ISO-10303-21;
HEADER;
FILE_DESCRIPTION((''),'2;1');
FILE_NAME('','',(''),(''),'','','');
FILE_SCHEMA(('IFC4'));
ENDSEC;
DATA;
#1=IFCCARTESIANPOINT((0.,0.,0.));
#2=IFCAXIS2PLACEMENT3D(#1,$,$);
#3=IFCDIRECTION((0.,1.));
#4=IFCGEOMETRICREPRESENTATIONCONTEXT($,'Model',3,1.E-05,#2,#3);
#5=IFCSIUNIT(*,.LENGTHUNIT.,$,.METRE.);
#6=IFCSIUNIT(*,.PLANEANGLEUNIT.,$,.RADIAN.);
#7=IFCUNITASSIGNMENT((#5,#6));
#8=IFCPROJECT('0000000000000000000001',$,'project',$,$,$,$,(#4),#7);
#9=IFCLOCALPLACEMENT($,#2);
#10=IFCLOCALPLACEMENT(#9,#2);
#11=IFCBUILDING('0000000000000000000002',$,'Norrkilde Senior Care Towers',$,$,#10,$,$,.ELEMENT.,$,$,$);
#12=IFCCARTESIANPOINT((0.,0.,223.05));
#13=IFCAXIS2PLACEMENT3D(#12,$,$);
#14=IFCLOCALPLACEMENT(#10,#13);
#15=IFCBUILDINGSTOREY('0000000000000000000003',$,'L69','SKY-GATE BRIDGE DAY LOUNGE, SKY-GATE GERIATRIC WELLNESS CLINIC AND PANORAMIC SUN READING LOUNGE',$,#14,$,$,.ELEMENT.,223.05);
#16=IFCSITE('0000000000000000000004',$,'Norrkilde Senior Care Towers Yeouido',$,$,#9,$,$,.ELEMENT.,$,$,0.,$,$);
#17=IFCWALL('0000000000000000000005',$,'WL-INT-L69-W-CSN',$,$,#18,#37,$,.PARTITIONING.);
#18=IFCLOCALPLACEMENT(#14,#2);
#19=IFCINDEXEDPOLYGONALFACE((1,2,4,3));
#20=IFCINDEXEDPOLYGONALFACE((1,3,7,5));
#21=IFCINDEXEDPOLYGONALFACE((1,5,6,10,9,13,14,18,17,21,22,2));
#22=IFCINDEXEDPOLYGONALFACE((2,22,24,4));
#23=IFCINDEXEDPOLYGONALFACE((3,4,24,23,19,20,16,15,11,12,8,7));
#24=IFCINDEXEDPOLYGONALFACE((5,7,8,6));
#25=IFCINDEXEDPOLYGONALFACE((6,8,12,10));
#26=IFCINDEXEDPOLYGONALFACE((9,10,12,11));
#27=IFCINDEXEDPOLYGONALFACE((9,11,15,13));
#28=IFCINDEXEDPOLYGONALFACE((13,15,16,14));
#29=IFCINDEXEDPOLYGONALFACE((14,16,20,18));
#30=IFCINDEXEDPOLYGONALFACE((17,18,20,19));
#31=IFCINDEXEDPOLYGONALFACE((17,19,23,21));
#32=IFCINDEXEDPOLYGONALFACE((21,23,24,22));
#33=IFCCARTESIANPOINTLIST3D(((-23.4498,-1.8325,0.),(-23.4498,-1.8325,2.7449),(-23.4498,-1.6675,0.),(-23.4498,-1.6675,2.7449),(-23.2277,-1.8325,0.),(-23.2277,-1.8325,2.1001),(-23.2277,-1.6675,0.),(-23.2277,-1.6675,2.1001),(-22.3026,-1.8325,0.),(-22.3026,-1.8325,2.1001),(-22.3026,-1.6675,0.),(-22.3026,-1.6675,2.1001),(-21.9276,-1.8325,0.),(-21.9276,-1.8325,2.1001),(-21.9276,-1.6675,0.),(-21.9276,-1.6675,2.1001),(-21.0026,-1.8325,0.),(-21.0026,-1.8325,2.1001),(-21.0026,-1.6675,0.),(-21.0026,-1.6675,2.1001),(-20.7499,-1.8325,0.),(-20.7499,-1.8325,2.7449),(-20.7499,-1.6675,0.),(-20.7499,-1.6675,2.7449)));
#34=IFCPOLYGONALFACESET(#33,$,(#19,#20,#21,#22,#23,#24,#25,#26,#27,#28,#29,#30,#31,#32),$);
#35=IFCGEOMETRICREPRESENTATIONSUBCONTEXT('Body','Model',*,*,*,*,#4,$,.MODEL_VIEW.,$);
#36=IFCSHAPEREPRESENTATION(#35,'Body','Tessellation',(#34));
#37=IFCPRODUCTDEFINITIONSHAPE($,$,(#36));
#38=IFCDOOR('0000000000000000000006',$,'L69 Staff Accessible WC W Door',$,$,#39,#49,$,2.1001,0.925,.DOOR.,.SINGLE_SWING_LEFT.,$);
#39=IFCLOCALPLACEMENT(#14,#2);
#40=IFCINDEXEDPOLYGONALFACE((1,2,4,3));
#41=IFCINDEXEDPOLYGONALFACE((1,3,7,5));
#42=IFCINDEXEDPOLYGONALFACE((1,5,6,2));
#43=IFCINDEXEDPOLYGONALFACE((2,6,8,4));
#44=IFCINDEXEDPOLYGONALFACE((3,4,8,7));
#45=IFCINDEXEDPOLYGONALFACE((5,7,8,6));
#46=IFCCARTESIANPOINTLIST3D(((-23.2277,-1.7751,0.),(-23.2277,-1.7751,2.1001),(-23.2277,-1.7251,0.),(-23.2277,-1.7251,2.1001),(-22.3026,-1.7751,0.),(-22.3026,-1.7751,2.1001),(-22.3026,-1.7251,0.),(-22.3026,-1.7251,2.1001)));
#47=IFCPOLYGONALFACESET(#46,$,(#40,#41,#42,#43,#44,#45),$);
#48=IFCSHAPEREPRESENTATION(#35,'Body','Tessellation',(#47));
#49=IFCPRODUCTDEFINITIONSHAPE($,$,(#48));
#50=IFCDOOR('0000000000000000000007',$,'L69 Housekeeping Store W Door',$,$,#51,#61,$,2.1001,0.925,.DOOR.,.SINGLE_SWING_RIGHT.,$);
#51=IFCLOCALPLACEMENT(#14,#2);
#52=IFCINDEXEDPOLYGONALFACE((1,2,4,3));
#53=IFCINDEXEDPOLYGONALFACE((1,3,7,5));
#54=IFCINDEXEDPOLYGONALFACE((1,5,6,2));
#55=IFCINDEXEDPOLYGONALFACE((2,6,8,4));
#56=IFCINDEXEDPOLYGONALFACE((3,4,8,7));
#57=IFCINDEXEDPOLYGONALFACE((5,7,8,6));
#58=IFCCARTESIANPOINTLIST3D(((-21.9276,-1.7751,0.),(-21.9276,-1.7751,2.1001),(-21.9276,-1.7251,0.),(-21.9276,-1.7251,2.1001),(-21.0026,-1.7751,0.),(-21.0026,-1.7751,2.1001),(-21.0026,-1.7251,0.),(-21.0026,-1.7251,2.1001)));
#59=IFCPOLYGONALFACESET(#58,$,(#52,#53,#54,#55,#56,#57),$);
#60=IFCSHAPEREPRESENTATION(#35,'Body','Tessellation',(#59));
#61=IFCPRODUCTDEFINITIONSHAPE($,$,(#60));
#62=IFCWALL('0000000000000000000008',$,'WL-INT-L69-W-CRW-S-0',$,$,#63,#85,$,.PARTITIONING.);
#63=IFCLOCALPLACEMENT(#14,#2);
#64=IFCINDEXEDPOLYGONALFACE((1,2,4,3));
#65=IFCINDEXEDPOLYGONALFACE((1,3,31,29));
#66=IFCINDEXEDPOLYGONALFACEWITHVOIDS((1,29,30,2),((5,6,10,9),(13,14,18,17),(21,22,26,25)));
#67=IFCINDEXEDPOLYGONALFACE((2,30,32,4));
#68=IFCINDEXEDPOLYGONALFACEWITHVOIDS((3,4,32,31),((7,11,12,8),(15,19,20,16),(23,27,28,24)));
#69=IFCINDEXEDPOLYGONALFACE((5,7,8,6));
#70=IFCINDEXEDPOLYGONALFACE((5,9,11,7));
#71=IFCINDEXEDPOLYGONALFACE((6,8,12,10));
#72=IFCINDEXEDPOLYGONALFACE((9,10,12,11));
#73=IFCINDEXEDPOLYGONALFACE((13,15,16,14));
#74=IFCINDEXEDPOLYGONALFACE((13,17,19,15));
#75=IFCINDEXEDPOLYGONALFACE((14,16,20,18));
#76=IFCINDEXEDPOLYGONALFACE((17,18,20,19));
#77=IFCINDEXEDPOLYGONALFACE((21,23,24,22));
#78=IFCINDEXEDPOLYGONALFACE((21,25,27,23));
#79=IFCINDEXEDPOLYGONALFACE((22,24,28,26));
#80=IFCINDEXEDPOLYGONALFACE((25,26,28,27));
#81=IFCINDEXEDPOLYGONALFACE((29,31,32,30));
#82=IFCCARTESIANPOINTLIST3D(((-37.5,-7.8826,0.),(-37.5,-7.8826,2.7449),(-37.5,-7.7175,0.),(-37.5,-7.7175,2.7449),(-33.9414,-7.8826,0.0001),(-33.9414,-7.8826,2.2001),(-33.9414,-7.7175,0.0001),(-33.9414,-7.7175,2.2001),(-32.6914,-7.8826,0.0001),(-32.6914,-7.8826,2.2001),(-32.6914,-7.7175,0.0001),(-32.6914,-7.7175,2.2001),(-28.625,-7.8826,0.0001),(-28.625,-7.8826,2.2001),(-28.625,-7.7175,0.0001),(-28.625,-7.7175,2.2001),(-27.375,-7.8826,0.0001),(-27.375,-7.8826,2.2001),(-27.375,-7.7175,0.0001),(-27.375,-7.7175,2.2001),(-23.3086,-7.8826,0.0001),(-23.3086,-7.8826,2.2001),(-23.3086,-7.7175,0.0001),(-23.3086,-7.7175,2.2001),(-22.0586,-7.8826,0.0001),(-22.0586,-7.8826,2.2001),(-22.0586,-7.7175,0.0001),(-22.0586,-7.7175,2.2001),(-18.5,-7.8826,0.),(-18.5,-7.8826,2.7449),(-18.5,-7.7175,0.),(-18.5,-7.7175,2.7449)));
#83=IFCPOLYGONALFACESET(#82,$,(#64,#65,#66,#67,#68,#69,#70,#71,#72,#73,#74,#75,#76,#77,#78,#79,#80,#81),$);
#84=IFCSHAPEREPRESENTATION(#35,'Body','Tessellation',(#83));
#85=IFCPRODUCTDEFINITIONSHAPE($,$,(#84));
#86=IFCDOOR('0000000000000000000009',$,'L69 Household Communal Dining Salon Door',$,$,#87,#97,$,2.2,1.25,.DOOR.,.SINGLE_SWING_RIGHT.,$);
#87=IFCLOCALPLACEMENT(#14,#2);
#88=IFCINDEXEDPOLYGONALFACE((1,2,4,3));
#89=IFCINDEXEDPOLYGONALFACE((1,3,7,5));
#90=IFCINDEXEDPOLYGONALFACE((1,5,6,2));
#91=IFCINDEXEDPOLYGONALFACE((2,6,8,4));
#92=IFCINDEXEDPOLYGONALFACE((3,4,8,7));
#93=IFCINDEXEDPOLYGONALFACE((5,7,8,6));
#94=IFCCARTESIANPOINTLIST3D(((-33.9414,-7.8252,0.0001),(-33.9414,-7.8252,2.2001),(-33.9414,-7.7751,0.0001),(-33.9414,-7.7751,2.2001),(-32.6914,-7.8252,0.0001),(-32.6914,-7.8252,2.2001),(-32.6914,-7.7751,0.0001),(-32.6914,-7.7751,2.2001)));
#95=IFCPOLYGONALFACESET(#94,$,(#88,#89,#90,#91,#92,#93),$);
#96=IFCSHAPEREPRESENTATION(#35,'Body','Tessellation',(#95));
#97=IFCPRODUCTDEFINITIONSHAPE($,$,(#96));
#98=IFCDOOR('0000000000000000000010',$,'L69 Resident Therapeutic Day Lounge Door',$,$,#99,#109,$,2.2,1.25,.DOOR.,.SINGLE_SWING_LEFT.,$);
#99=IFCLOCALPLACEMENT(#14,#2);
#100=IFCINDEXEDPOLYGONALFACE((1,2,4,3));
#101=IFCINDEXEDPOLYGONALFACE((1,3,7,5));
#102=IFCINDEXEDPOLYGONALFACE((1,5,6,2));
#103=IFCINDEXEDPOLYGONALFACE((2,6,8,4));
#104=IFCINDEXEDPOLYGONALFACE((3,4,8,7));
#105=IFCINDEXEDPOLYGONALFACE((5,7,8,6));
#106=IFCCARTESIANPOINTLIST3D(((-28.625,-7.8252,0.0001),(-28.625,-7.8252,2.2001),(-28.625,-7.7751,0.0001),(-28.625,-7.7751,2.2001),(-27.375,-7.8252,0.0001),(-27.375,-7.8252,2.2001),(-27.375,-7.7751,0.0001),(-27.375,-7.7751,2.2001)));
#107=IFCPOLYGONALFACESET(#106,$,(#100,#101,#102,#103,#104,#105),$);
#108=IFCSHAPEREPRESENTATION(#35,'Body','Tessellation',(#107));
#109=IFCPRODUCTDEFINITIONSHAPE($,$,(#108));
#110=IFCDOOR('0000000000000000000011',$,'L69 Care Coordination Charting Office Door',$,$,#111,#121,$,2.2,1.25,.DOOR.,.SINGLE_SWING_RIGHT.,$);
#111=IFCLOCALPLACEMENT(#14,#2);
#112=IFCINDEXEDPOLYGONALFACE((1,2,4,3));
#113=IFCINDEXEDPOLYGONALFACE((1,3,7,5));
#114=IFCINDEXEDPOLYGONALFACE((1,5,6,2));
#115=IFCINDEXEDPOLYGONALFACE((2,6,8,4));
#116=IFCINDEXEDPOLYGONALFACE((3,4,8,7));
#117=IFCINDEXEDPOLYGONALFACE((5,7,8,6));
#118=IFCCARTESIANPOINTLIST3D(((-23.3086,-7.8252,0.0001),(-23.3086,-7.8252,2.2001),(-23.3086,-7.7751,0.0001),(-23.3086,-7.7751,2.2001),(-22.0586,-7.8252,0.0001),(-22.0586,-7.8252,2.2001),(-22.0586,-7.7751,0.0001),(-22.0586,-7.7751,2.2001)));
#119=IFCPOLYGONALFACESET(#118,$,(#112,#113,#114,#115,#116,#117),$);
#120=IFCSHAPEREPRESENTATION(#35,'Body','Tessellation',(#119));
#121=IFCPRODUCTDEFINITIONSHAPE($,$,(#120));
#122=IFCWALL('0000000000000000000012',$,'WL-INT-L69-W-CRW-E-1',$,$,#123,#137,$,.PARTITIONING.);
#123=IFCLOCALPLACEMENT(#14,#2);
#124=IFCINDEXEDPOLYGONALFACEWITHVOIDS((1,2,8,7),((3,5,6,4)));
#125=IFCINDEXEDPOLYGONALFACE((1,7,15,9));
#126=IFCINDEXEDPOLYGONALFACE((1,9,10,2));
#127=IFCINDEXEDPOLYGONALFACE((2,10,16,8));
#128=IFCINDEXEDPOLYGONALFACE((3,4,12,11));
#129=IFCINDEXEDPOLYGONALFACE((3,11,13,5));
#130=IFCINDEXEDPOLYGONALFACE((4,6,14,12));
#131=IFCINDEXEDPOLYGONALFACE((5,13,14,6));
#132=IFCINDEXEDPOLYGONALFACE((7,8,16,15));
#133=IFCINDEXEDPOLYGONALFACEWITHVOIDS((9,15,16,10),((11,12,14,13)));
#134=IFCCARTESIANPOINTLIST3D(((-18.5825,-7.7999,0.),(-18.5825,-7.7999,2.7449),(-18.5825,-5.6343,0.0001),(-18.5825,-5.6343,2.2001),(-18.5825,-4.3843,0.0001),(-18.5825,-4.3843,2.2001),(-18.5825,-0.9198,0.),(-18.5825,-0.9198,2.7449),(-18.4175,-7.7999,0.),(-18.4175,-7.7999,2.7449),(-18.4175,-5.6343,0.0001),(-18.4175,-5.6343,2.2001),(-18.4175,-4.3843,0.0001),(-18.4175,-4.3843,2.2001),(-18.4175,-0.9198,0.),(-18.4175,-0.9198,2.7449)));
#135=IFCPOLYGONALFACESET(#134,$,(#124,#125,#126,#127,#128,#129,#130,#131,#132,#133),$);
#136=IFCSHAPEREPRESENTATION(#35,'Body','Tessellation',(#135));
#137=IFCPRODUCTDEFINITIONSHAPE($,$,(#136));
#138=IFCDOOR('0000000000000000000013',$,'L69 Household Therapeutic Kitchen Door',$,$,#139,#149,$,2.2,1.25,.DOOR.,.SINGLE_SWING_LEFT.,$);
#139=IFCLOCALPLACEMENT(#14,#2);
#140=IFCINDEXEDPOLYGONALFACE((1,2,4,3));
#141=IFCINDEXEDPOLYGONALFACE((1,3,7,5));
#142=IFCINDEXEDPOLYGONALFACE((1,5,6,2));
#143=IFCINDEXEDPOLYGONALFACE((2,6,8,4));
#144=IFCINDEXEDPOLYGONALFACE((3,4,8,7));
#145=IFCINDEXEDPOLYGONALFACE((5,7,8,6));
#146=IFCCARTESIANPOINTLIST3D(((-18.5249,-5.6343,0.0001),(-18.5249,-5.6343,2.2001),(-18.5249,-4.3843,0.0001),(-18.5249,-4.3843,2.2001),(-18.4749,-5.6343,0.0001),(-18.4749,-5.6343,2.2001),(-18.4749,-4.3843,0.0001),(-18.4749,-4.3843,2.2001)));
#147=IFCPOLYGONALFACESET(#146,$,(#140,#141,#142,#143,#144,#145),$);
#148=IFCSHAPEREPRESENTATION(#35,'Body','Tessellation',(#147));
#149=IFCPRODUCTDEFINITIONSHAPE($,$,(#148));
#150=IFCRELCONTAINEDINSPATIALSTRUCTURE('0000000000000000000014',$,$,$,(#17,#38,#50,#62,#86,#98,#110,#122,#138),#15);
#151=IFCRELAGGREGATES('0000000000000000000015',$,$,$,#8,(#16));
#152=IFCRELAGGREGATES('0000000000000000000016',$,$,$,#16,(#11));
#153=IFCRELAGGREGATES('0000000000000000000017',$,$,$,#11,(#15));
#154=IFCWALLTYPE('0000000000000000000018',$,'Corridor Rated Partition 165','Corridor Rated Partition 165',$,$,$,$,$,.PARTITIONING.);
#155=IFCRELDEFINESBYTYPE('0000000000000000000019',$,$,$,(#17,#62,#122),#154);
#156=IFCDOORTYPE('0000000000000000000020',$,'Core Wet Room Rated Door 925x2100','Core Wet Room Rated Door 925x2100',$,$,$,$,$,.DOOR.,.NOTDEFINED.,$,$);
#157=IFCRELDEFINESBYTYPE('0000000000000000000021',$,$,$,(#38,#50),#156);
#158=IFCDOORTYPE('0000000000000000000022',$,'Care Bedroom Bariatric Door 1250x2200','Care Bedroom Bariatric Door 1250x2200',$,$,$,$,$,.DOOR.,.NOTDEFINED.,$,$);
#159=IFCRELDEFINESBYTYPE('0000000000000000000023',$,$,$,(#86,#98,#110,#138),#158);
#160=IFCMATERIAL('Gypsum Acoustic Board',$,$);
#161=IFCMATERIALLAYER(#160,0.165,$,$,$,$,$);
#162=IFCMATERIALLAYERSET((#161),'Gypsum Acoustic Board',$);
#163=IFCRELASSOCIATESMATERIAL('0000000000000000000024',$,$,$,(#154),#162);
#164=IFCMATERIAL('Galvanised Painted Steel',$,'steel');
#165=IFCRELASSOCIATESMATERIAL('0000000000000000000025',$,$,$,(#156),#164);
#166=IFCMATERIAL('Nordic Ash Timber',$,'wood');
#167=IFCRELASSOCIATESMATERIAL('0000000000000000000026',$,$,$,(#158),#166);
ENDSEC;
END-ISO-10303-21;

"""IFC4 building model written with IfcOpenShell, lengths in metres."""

from ifc_helpers import new_model, si_unit, direction, frame, frame_2d, origin, place, context, subcontext, project, spatial, rectangle, extrude, source, transform, mapped, material, layer, layer_set, type_object, type_shapes, element, fill, save


model = new_model("IFC4")

# Units and contexts
model_context = context("Model", 3, precision=1e-05, world=origin(), true_north=direction((0.0, 1.0)))
body_context = subcontext(model_context, "Body", "Model", "MODEL_VIEW")
ifc_project = project(units=[si_unit("LENGTHUNIT", "METRE"), si_unit("PLANEANGLEUNIT", "RADIAN")], contexts=[model_context])

# Site, building, storey
site_placement = place(None, origin())
site = spatial("IfcSite", under=ifc_project, at=site_placement, Name="Norrkilde Senior Care Towers Yeouido", CompositionType="ELEMENT", RefElevation=0.0)
building_placement = place(site_placement, origin())
building = spatial("IfcBuilding", under=site, at=building_placement, Name="Norrkilde Senior Care Towers", CompositionType="ELEMENT")
storey_placement = place(building_placement, frame((0.0, 0.0, 223.05)))
storey = spatial("IfcBuildingStorey", under=building, at=storey_placement, Name="L69", Description="SKY-GATE BRIDGE DAY LOUNGE, SKY-GATE GERIATRIC WELLNESS CLINIC AND PANORAMIC SUN READING LOUNGE", CompositionType="ELEMENT", Elevation=223.05)

# Shared definitions
ifc_material_1 = material(Name="Gypsum Acoustic Board")
ifc_layer_1 = layer(ifc_material_1, 0.165)
ifc_layer_set_1 = layer_set([ifc_layer_1], Name="Gypsum Acoustic Board")
wall_type_1 = type_object("IfcWallType", Name="Corridor Rated Partition 165", Description="Corridor Rated Partition 165", PredefinedType="PARTITIONING", material=ifc_layer_set_1)

# Walls, openings, doors
shared_shape_1 = source(origin(), body_context, "Body", "SweptSolid", [
    extrude(rectangle(XDim=2.7, YDim=0.165, at=frame_2d((1.3501, 0.0))), origin(), (0.0, 0.0, 1.0), 2.7449),
])
wall_1_placement = place(storey_placement, frame((-23.45, -1.75, 0.0), z_axis=(0.0, 0.0, 1.0), x_axis=(1.0, 0.0, 0.0)))
wall_1 = element("IfcWall", 1, at=wall_1_placement, inside=storey, type_object=wall_type_1, Name="WL-INT-L69-W-CSN", PredefinedType="PARTITIONING", context=body_context, shape_type="MappedRepresentation", body=[
    mapped(shared_shape_1, transform((0.0, 0.0, 0.0), x_axis=(1.0, 0.0, 0.0), y_axis=(0.0, 1.0, 0.0), z_axis=(0.0, 0.0, 1.0), scale=1.0)),
])
opening_1_placement = place(wall_1_placement, frame((0.2224, 0.0, 0.0)))
opening_1 = element("IfcOpeningElement", 2, at=opening_1_placement, cuts=wall_1, PredefinedType="OPENING", context=body_context, shape_type="SweptSolid", body=[
    extrude(rectangle(XDim=0.925, YDim=2.1001, at=frame_2d((0.4624, 1.05))), frame((0.0, 0.0925, 0.0), z_axis=(0.0, -1.0, 0.0), x_axis=(1.0, 0.0, 0.0)), (0.0, 0.0, 1.0), 0.1851),
])
opening_2_placement = place(wall_1_placement, frame((1.5225, 0.0, 0.0)))
opening_2 = element("IfcOpeningElement", 3, at=opening_2_placement, cuts=wall_1, PredefinedType="OPENING", context=body_context, shape_type="SweptSolid", body=[
    extrude(rectangle(XDim=0.925, YDim=2.1001, at=frame_2d((0.4624, 1.05))), frame((0.0, 0.0925, 0.0), z_axis=(0.0, -1.0, 0.0), x_axis=(1.0, 0.0, 0.0)), (0.0, 0.0, 1.0), 0.1851),
])
ifc_material_2 = material(Name="Galvanised Painted Steel", Category="steel")
door_type_1 = type_object("IfcDoorType", Name="Core Wet Room Rated Door 925x2100", Description="Core Wet Room Rated Door 925x2100", OperationType="NOTDEFINED", PredefinedType="DOOR", material=ifc_material_2)
shared_shape_2 = source(origin(), body_context, "Body", "SweptSolid", [
    extrude(rectangle(XDim=0.925, YDim=2.1001, at=frame_2d((0.4624, 1.05))), frame((0.0, 0.0249, 0.0), z_axis=(0.0, -1.0, 0.0), x_axis=(1.0, 0.0, 0.0)), (0.0, 0.0, 1.0), 0.05),
])
type_shapes(door_type_1, [shared_shape_2])
door_1_placement = place(opening_1_placement, origin())
door_1 = element("IfcDoor", 4, at=door_1_placement, inside=storey, type_object=door_type_1, Name="L69 Staff Accessible WC W Door", OperationType="SINGLE_SWING_LEFT", OverallHeight=2.1001, OverallWidth=0.925, PredefinedType="DOOR", context=body_context, shape_type="MappedRepresentation", body=[
    mapped(shared_shape_2, transform((0.0, 0.0, 0.0), x_axis=(1.0, 0.0, 0.0), y_axis=(0.0, 1.0, 0.0), z_axis=(0.0, 0.0, 1.0), scale=1.0)),
])
fill(opening_1, door_1)
door_2_placement = place(opening_2_placement, origin())
door_2 = element("IfcDoor", 5, at=door_2_placement, inside=storey, type_object=door_type_1, Name="L69 Housekeeping Store W Door", OperationType="SINGLE_SWING_RIGHT", OverallHeight=2.1001, OverallWidth=0.925, PredefinedType="DOOR", context=body_context, shape_type="MappedRepresentation", body=[
    mapped(shared_shape_2, transform((0.0, 0.0, 0.0), x_axis=(1.0, 0.0, 0.0), y_axis=(0.0, 1.0, 0.0), z_axis=(0.0, 0.0, 1.0), scale=1.0)),
])
fill(opening_2, door_2)
shared_shape_3 = source(origin(), body_context, "Body", "SweptSolid", [
    extrude(rectangle(XDim=19.0, YDim=0.165, at=frame_2d((9.5, 0.0))), origin(), (0.0, 0.0, 1.0), 2.7449),
])
wall_2_placement = place(storey_placement, frame((-18.5, -7.8, 0.0), z_axis=(0.0, 0.0, 1.0), x_axis=(-1.0, 0.0, 0.0)))
wall_2 = element("IfcWall", 6, at=wall_2_placement, inside=storey, type_object=wall_type_1, Name="WL-INT-L69-W-CRW-S-0", PredefinedType="PARTITIONING", context=body_context, shape_type="MappedRepresentation", body=[
    mapped(shared_shape_3, transform((0.0, 0.0, 0.0), x_axis=(1.0, 0.0, 0.0), y_axis=(0.0, 1.0, 0.0), z_axis=(0.0, 0.0, 1.0), scale=1.0)),
])
opening_3_placement = place(wall_2_placement, frame((14.1914, 0.0, 0.0)))
opening_3 = element("IfcOpeningElement", 7, at=opening_3_placement, cuts=wall_2, PredefinedType="OPENING", context=body_context, shape_type="SweptSolid", body=[
    extrude(rectangle(XDim=1.25, YDim=2.2, at=frame_2d((0.625, 1.1001))), frame((0.0, 0.0925, 0.0), z_axis=(0.0, -1.0, 0.0), x_axis=(1.0, 0.0, 0.0)), (0.0, 0.0, 1.0), 0.1851),
])
opening_4_placement = place(wall_2_placement, frame((8.875, 0.0, 0.0)))
opening_4 = element("IfcOpeningElement", 8, at=opening_4_placement, cuts=wall_2, PredefinedType="OPENING", context=body_context, shape_type="SweptSolid", body=[
    extrude(rectangle(XDim=1.25, YDim=2.2, at=frame_2d((0.625, 1.1001))), frame((0.0, 0.0925, 0.0), z_axis=(0.0, -1.0, 0.0), x_axis=(1.0, 0.0, 0.0)), (0.0, 0.0, 1.0), 0.1851),
])
opening_5_placement = place(wall_2_placement, frame((3.5586, 0.0, 0.0)))
opening_5 = element("IfcOpeningElement", 9, at=opening_5_placement, cuts=wall_2, PredefinedType="OPENING", context=body_context, shape_type="SweptSolid", body=[
    extrude(rectangle(XDim=1.25, YDim=2.2, at=frame_2d((0.625, 1.1001))), frame((0.0, 0.0925, 0.0), z_axis=(0.0, -1.0, 0.0), x_axis=(1.0, 0.0, 0.0)), (0.0, 0.0, 1.0), 0.1851),
])
ifc_material_3 = material(Name="Nordic Ash Timber", Category="wood")
door_type_2 = type_object("IfcDoorType", Name="Care Bedroom Bariatric Door 1250x2200", Description="Care Bedroom Bariatric Door 1250x2200", OperationType="NOTDEFINED", PredefinedType="DOOR", material=ifc_material_3)
shared_shape_4 = source(origin(), body_context, "Body", "SweptSolid", [
    extrude(rectangle(XDim=1.25, YDim=2.2, at=frame_2d((0.625, 1.1001))), frame((0.0, 0.0249, 0.0), z_axis=(0.0, -1.0, 0.0), x_axis=(1.0, 0.0, 0.0)), (0.0, 0.0, 1.0), 0.05),
])
type_shapes(door_type_2, [shared_shape_4])
door_3_placement = place(opening_3_placement, frame((1.25, 0.0, 0.0), z_axis=(0.0, 0.0, 1.0), x_axis=(-1.0, 0.0, 0.0)))
door_3 = element("IfcDoor", 10, at=door_3_placement, inside=storey, type_object=door_type_2, Name="L69 Household Communal Dining Salon Door", OperationType="SINGLE_SWING_RIGHT", OverallHeight=2.2, OverallWidth=1.25, PredefinedType="DOOR", context=body_context, shape_type="MappedRepresentation", body=[
    mapped(shared_shape_4, transform((0.0, 0.0, 0.0), x_axis=(1.0, 0.0, 0.0), y_axis=(0.0, 1.0, 0.0), z_axis=(0.0, 0.0, 1.0), scale=1.0)),
])
fill(opening_3, door_3)
door_4_placement = place(opening_4_placement, frame((1.25, 0.0, 0.0), z_axis=(0.0, 0.0, 1.0), x_axis=(-1.0, 0.0, 0.0)))
door_4 = element("IfcDoor", 11, at=door_4_placement, inside=storey, type_object=door_type_2, Name="L69 Resident Therapeutic Day Lounge Door", OperationType="SINGLE_SWING_LEFT", OverallHeight=2.2, OverallWidth=1.25, PredefinedType="DOOR", context=body_context, shape_type="MappedRepresentation", body=[
    mapped(shared_shape_4, transform((0.0, 0.0, 0.0), x_axis=(1.0, 0.0, 0.0), y_axis=(0.0, 1.0, 0.0), z_axis=(0.0, 0.0, 1.0), scale=1.0)),
])
fill(opening_4, door_4)
door_5_placement = place(opening_5_placement, frame((1.25, 0.0, 0.0), z_axis=(0.0, 0.0, 1.0), x_axis=(-1.0, 0.0, 0.0)))
door_5 = element("IfcDoor", 12, at=door_5_placement, inside=storey, type_object=door_type_2, Name="L69 Care Coordination Charting Office Door", OperationType="SINGLE_SWING_RIGHT", OverallHeight=2.2, OverallWidth=1.25, PredefinedType="DOOR", context=body_context, shape_type="MappedRepresentation", body=[
    mapped(shared_shape_4, transform((0.0, 0.0, 0.0), x_axis=(1.0, 0.0, 0.0), y_axis=(0.0, 1.0, 0.0), z_axis=(0.0, 0.0, 1.0), scale=1.0)),
])
fill(opening_5, door_5)

# Wall, opening, door
shared_shape_5 = source(origin(), body_context, "Body", "SweptSolid", [
    extrude(rectangle(XDim=6.8801, YDim=0.165, at=frame_2d((3.4399, 0.0))), origin(), (0.0, 0.0, 1.0), 2.7449),
])
wall_3_placement = place(storey_placement, frame((-18.5, -0.9199, 0.0), z_axis=(0.0, 0.0, 1.0), x_axis=(0.0, -1.0, 0.0)))
wall_3 = element("IfcWall", 13, at=wall_3_placement, inside=storey, type_object=wall_type_1, Name="WL-INT-L69-W-CRW-E-1", PredefinedType="PARTITIONING", context=body_context, shape_type="MappedRepresentation", body=[
    mapped(shared_shape_5, transform((0.0, 0.0, 0.0), x_axis=(1.0, 0.0, 0.0), y_axis=(0.0, 1.0, 0.0), z_axis=(0.0, 0.0, 1.0), scale=1.0)),
])
opening_6_placement = place(wall_3_placement, frame((3.4644, 0.0, 0.0)))
opening_6 = element("IfcOpeningElement", 14, at=opening_6_placement, cuts=wall_3, PredefinedType="OPENING", context=body_context, shape_type="SweptSolid", body=[
    extrude(rectangle(XDim=1.25, YDim=2.2, at=frame_2d((0.625, 1.1001))), frame((0.0, 0.0925, 0.0), z_axis=(0.0, -1.0, 0.0), x_axis=(1.0, 0.0, 0.0)), (0.0, 0.0, 1.0), 0.1851),
])
door_6_placement = place(opening_6_placement, frame((1.25, 0.0, 0.0), z_axis=(0.0, 0.0, 1.0), x_axis=(-1.0, 0.0, 0.0)))
door_6 = element("IfcDoor", 15, at=door_6_placement, inside=storey, type_object=door_type_2, Name="L69 Household Therapeutic Kitchen Door", OperationType="SINGLE_SWING_LEFT", OverallHeight=2.2, OverallWidth=1.25, PredefinedType="DOOR", context=body_context, shape_type="MappedRepresentation", body=[
    mapped(shared_shape_4, transform((0.0, 0.0, 0.0), x_axis=(1.0, 0.0, 0.0), y_axis=(0.0, 1.0, 0.0), z_axis=(0.0, 0.0, 1.0), scale=1.0)),
])
fill(opening_6, door_6)

save(model, "model.ifc")
